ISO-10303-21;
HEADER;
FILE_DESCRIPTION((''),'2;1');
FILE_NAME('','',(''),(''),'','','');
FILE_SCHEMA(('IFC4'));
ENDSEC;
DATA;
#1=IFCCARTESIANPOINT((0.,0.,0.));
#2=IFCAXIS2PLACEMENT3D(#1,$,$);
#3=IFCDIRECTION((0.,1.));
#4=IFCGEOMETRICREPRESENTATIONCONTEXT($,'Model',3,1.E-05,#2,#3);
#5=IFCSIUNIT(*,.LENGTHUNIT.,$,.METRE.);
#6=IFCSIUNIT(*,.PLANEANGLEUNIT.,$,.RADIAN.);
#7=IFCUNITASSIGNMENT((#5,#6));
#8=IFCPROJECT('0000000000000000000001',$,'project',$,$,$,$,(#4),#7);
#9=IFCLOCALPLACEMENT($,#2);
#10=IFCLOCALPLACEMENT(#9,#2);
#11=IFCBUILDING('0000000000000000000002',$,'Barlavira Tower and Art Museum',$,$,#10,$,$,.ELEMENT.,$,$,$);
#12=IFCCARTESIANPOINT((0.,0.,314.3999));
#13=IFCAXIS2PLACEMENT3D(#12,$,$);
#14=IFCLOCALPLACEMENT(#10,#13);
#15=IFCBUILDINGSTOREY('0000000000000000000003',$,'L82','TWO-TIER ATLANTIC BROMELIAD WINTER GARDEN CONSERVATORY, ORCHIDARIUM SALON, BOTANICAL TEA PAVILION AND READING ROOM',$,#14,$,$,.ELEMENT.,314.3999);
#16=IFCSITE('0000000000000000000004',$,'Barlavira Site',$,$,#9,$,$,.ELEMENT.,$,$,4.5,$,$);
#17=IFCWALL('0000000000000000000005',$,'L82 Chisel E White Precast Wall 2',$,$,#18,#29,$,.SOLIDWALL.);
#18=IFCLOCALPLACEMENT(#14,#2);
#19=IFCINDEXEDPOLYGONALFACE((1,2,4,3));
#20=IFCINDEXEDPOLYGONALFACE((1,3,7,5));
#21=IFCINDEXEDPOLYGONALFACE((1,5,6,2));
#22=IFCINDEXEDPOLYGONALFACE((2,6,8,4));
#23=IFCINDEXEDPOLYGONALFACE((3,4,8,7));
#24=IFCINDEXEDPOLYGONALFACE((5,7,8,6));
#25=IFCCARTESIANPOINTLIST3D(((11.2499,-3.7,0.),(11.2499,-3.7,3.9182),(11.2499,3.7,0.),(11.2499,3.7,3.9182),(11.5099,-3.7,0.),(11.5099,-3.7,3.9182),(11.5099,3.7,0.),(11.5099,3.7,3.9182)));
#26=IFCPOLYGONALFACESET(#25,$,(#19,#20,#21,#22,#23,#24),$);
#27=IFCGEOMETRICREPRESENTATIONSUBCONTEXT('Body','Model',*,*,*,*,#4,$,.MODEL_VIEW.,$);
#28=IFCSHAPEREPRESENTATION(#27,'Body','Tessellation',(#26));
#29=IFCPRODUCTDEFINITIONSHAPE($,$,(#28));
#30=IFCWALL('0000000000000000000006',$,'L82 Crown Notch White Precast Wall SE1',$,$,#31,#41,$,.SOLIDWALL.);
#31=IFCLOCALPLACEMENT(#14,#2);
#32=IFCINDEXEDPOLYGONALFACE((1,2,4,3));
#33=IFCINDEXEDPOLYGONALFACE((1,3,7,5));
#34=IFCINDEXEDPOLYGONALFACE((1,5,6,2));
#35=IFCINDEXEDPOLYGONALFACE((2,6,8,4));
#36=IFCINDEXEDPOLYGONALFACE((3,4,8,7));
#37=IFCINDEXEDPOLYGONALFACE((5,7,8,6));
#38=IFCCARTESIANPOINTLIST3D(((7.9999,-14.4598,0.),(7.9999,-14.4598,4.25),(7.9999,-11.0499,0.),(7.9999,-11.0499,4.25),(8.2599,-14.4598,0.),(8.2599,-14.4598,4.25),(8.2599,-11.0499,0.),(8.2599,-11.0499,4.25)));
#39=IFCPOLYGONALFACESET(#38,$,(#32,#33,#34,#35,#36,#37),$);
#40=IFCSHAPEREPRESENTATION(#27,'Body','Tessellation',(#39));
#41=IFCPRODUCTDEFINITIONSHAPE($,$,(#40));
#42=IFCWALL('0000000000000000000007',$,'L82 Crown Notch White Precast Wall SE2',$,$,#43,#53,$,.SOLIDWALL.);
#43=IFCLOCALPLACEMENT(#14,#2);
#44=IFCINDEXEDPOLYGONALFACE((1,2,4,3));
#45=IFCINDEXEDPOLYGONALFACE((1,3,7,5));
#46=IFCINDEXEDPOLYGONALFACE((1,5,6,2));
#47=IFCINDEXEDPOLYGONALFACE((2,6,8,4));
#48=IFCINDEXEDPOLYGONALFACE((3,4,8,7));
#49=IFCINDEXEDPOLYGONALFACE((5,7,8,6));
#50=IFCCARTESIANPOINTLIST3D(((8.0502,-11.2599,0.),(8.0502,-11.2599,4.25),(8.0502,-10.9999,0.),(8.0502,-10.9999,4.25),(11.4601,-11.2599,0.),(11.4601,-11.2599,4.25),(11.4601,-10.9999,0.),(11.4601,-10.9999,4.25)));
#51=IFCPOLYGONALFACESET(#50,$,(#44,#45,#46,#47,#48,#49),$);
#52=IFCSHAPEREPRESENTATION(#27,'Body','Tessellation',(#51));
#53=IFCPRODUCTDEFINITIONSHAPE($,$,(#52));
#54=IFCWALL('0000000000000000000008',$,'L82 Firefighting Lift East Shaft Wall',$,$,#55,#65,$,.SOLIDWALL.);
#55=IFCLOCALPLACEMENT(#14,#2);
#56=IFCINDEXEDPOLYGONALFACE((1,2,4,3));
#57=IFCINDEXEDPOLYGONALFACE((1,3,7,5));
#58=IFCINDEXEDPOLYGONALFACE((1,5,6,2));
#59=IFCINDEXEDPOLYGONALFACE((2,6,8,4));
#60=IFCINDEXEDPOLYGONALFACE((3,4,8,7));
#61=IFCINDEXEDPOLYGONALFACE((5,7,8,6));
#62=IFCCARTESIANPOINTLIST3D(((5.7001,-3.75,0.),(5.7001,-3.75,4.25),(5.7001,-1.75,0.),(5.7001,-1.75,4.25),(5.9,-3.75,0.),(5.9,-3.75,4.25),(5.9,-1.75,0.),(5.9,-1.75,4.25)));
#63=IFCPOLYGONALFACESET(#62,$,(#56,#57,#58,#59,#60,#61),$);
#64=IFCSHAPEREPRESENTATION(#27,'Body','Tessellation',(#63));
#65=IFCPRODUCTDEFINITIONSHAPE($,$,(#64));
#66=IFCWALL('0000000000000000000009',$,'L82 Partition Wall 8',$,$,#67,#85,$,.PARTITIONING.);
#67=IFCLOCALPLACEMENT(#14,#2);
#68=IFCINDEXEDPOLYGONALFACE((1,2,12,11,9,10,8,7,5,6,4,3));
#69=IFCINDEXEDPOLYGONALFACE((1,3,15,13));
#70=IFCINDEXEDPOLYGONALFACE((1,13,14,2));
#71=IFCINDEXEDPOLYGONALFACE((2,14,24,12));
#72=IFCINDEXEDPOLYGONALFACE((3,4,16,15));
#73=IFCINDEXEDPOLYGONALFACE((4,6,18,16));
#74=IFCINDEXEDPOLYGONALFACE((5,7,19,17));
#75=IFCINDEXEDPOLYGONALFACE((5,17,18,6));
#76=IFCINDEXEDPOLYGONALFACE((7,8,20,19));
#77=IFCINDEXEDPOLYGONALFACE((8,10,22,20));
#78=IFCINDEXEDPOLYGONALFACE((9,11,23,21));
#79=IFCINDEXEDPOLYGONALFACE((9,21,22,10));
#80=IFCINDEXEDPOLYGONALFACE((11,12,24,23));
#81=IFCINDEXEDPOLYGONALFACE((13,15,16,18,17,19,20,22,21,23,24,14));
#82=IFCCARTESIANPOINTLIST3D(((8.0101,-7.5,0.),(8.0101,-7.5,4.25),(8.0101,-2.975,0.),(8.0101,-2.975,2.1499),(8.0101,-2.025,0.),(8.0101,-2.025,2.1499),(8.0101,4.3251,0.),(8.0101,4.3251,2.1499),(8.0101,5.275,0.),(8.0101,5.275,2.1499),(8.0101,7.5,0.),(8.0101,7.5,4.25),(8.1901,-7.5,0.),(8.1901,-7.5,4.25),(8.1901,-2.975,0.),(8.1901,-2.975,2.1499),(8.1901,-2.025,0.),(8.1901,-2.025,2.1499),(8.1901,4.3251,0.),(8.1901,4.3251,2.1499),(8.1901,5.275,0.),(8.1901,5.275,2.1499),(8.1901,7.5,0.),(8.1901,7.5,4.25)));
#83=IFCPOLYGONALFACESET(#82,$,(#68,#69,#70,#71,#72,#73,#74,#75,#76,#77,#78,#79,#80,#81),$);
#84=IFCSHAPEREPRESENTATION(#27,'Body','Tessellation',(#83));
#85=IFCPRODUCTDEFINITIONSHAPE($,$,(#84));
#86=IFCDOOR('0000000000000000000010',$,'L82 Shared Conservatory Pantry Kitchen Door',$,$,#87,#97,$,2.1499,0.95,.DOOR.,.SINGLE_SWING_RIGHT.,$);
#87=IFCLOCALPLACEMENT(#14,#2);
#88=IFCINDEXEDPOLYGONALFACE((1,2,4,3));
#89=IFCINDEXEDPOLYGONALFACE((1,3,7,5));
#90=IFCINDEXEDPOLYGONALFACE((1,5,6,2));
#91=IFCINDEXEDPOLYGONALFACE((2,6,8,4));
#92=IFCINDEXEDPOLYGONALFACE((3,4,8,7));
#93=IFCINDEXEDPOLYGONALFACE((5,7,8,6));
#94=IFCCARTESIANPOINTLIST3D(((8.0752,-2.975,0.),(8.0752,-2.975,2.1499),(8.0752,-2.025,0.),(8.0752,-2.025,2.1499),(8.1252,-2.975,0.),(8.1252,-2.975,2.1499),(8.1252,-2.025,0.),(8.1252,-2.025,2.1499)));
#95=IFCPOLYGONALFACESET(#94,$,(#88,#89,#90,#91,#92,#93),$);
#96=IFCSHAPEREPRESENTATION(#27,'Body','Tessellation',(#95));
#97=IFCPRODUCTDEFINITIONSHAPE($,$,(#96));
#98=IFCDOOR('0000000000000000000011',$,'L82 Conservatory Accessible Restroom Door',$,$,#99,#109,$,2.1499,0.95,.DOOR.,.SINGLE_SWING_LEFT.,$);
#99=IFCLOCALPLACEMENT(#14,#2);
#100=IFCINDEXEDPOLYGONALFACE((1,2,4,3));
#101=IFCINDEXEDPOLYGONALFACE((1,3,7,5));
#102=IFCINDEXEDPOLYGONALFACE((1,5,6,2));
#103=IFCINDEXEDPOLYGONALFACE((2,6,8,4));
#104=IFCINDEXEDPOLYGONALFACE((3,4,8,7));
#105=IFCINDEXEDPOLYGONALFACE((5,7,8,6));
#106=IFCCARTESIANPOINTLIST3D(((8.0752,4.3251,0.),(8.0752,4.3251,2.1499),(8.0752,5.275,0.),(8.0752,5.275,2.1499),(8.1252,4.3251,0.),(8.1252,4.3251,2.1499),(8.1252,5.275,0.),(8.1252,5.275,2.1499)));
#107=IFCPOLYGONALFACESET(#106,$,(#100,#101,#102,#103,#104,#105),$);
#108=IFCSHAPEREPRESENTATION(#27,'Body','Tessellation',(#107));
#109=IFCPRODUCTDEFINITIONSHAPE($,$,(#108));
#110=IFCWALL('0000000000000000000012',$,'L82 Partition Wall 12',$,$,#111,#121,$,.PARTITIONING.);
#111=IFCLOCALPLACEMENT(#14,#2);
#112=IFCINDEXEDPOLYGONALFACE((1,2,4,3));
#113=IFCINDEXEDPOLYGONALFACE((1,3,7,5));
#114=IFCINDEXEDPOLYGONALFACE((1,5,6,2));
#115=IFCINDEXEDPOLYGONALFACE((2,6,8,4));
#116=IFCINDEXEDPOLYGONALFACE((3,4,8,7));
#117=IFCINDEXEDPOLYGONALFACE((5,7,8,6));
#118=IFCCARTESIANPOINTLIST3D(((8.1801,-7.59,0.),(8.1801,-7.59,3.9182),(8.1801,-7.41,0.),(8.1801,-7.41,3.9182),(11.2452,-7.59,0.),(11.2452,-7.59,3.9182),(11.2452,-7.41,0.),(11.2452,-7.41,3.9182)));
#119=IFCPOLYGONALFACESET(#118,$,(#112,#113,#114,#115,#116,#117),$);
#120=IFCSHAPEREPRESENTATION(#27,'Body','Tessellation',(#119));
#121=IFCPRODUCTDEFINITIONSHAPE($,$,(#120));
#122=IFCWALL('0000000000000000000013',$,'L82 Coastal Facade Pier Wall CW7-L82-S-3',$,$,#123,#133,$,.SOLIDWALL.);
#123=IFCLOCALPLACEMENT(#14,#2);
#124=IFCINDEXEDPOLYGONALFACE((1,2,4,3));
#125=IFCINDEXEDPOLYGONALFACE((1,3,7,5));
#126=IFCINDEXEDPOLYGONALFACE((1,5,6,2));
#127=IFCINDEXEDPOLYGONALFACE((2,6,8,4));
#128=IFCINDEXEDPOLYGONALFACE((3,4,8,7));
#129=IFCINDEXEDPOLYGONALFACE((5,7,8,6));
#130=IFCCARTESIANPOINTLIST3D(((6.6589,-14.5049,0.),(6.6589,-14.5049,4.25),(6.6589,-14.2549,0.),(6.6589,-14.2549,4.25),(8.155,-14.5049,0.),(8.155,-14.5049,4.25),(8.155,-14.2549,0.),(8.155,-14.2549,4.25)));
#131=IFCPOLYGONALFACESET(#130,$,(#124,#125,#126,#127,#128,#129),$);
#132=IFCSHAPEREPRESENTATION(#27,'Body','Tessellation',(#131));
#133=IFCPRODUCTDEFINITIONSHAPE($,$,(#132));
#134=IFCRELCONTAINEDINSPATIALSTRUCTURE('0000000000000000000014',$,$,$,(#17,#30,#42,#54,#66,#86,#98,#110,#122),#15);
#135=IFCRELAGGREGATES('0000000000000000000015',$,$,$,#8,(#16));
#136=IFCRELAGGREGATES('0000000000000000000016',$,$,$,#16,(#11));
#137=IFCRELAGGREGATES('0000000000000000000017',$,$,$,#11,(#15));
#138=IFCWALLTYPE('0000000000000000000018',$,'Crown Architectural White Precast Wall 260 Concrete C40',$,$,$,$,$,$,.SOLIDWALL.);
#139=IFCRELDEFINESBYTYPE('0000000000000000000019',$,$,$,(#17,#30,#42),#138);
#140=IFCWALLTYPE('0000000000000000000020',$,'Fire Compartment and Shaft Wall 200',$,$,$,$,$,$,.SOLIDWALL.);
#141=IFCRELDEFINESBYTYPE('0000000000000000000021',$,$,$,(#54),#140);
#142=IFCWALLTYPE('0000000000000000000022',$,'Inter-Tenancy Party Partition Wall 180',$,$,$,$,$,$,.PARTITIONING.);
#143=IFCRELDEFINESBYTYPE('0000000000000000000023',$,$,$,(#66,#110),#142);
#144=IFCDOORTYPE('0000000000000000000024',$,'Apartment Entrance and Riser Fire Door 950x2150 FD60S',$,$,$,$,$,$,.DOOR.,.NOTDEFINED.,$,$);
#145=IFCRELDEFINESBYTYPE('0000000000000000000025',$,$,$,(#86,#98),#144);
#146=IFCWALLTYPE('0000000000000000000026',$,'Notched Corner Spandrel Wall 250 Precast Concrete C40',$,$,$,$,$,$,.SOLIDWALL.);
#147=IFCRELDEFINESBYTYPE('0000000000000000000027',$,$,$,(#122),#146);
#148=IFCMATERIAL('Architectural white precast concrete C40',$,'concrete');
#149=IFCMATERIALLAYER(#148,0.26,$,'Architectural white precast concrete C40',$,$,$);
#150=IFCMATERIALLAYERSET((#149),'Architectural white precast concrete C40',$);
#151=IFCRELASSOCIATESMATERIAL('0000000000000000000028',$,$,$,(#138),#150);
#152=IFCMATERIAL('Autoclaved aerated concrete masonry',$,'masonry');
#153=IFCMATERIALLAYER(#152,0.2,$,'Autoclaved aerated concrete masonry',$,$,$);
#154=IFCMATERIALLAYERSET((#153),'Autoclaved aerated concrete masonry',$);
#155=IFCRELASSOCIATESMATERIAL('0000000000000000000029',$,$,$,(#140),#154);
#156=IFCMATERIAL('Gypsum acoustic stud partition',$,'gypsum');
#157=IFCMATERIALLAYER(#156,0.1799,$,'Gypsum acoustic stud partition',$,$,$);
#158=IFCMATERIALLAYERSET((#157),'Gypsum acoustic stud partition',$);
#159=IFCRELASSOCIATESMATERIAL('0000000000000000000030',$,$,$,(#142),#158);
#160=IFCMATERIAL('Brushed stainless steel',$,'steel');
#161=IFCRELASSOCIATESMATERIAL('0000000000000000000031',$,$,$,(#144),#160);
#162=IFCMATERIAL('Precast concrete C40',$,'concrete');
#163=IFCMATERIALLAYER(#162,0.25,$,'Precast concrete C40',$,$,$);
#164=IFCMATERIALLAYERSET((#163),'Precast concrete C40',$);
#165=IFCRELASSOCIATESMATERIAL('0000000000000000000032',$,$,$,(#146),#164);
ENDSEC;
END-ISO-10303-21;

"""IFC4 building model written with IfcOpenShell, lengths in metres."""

from ifc_helpers import new_model, si_unit, direction, frame, frame_2d, origin, place, context, subcontext, project, spatial, rectangle, extrude, material, layer, layer_set, type_object, element, fill, save


model = new_model("IFC4")

# Units and contexts
model_context = context("Model", 3, precision=1e-05, world=origin(), true_north=direction((0.0, 1.0)))
body_context = subcontext(model_context, "Body", "Model", "MODEL_VIEW")
ifc_project = project(units=[si_unit("LENGTHUNIT", "METRE"), si_unit("PLANEANGLEUNIT", "RADIAN")], contexts=[model_context])

# Site, building, storey
site_placement = place(None, origin())
site = spatial("IfcSite", under=ifc_project, at=site_placement, Name="Barlavira Site", CompositionType="ELEMENT", RefElevation=4.5)
building_placement = place(site_placement, origin())
building = spatial("IfcBuilding", under=site, at=building_placement, Name="Barlavira Tower and Art Museum", CompositionType="ELEMENT")
storey_placement = place(building_placement, frame((0.0, 0.0, 314.3999)))
storey = spatial("IfcBuildingStorey", under=building, at=storey_placement, Name="L82", Description="TWO-TIER ATLANTIC BROMELIAD WINTER GARDEN CONSERVATORY, ORCHIDARIUM SALON, BOTANICAL TEA PAVILION AND READING ROOM", CompositionType="ELEMENT", Elevation=314.3999)

# Shared definitions
ifc_material_1 = material(Name="Brushed stainless steel", Category="steel")

# Walls
ifc_material_2 = material(Name="Architectural white precast concrete C40", Category="concrete")
ifc_layer_1 = layer(ifc_material_2, 0.26, Name="Architectural white precast concrete C40")
ifc_layer_set_1 = layer_set([ifc_layer_1], Name="Architectural white precast concrete C40")
wall_type_1 = type_object("IfcWallType", Name="Crown Architectural White Precast Wall 260 Concrete C40", PredefinedType="SOLIDWALL", material=ifc_layer_set_1)
wall_1_placement = place(storey_placement, frame((11.3799, -3.7, 0.0), z_axis=(0.0, 0.0, 1.0), x_axis=(0.0, 1.0, 0.0)))
element("IfcWall", 1, at=wall_1_placement, inside=storey, type_object=wall_type_1, Name="L82 Chisel E White Precast Wall 2", PredefinedType="SOLIDWALL", context=body_context, shape_type="SweptSolid", body=[
    extrude(rectangle(XDim=7.3999, YDim=0.26, at=frame_2d((3.7, 0.0))), origin(), (0.0, 0.0, 1.0), 3.9182),
])
for number, where, z_axis, x_axis, name in (
    (2, (8.1299, -14.46, 0.0), (0.0, 0.0, 1.0), (0.0, 1.0, 0.0), "L82 Crown Notch White Precast Wall SE1"),
    (3, (8.05, -11.1299, 0.0), (0.0, 0.0, 1.0), (1.0, 0.0, 0.0), "L82 Crown Notch White Precast Wall SE2"),
):
    element("IfcWall", number, at=place(storey_placement, frame(where, z_axis=z_axis, x_axis=x_axis)), inside=storey, type_object=wall_type_1, Name=name, PredefinedType="SOLIDWALL", context=body_context, shape_type="SweptSolid", body=[
        extrude(rectangle(XDim=3.4099, YDim=0.26, at=frame_2d((1.7051, 0.0))), origin(), (0.0, 0.0, 1.0), 4.25),
    ])
ifc_material_3 = material(Name="Autoclaved aerated concrete masonry", Category="masonry")
ifc_layer_2 = layer(ifc_material_3, 0.2, Name="Autoclaved aerated concrete masonry")
ifc_layer_set_2 = layer_set([ifc_layer_2], Name="Autoclaved aerated concrete masonry")
wall_type_2 = type_object("IfcWallType", Name="Fire Compartment and Shaft Wall 200", PredefinedType="SOLIDWALL", material=ifc_layer_set_2)
wall_2_placement = place(storey_placement, frame((5.8, -3.75, 0.0), z_axis=(0.0, 0.0, 1.0), x_axis=(0.0, 1.0, 0.0)))
element("IfcWall", 4, at=wall_2_placement, inside=storey, type_object=wall_type_2, Name="L82 Firefighting Lift East Shaft Wall", PredefinedType="SOLIDWALL", context=body_context, shape_type="SweptSolid", body=[
    extrude(rectangle(XDim=2.0, YDim=0.2, at=frame_2d((1.0, 0.0))), origin(), (0.0, 0.0, 1.0), 4.25),
])

# Wall, openings, doors
ifc_material_4 = material(Name="Gypsum acoustic stud partition", Category="gypsum")
ifc_layer_3 = layer(ifc_material_4, 0.1799, Name="Gypsum acoustic stud partition")
ifc_layer_set_3 = layer_set([ifc_layer_3], Name="Gypsum acoustic stud partition")
wall_type_3 = type_object("IfcWallType", Name="Inter-Tenancy Party Partition Wall 180", PredefinedType="PARTITIONING", material=ifc_layer_set_3)
wall_3_placement = place(storey_placement, frame((8.1001, -7.5, 0.0), z_axis=(0.0, 0.0, 1.0), x_axis=(0.0, 1.0, 0.0)))
wall_3 = element("IfcWall", 5, at=wall_3_placement, inside=storey, type_object=wall_type_3, Name="L82 Partition Wall 8", PredefinedType="PARTITIONING", context=body_context, shape_type="SweptSolid", body=[
    extrude(rectangle(XDim=15.0, YDim=0.1799, at=frame_2d((7.5, 0.0))), origin(), (0.0, 0.0, 1.0), 4.25),
])
opening_1_placement = place(wall_3_placement, frame((4.5249, 0.0, 0.0)))
opening_1 = element("IfcOpeningElement", 6, at=opening_1_placement, cuts=wall_3, PredefinedType="OPENING", context=body_context, shape_type="SweptSolid", body=[
    extrude(rectangle(XDim=0.95, YDim=2.1499, at=frame_2d((0.4751, 1.075))), frame((0.0, 0.1001, 0.0), z_axis=(0.0, -1.0, 0.0), x_axis=(1.0, 0.0, 0.0)), (0.0, 0.0, 1.0), 0.2),
])
opening_2_placement = place(wall_3_placement, frame((11.825, 0.0, 0.0)))
opening_2 = element("IfcOpeningElement", 7, at=opening_2_placement, cuts=wall_3, PredefinedType="OPENING", context=body_context, shape_type="SweptSolid", body=[
    extrude(rectangle(XDim=0.95, YDim=2.1499, at=frame_2d((0.4751, 1.075))), frame((0.0, 0.1001, 0.0), z_axis=(0.0, -1.0, 0.0), x_axis=(1.0, 0.0, 0.0)), (0.0, 0.0, 1.0), 0.2),
])
door_type_1 = type_object("IfcDoorType", Name="Apartment Entrance and Riser Fire Door 950x2150 FD60S", OperationType="NOTDEFINED", PredefinedType="DOOR", material=ifc_material_1)
door_1_placement = place(opening_1_placement, origin())
door_1 = element("IfcDoor", 8, at=door_1_placement, inside=storey, type_object=door_type_1, Name="L82 Shared Conservatory Pantry Kitchen Door", OperationType="SINGLE_SWING_RIGHT", OverallHeight=2.1499, OverallWidth=0.95, PredefinedType="DOOR", context=body_context, shape_type="SweptSolid", body=[
    extrude(rectangle(XDim=0.95, YDim=2.1499, at=frame_2d((0.4751, 1.075))), frame((0.0, 0.0249, 0.0), z_axis=(0.0, -1.0, 0.0), x_axis=(1.0, 0.0, 0.0)), (0.0, 0.0, 1.0), 0.05),
])
fill(opening_1, door_1)
door_2_placement = place(opening_2_placement, origin())
door_2 = element("IfcDoor", 9, at=door_2_placement, inside=storey, type_object=door_type_1, Name="L82 Conservatory Accessible Restroom Door", OperationType="SINGLE_SWING_LEFT", OverallHeight=2.1499, OverallWidth=0.95, PredefinedType="DOOR", context=body_context, shape_type="SweptSolid", body=[
    extrude(rectangle(XDim=0.95, YDim=2.1499, at=frame_2d((0.4751, 1.075))), frame((0.0, 0.0249, 0.0), z_axis=(0.0, -1.0, 0.0), x_axis=(1.0, 0.0, 0.0)), (0.0, 0.0, 1.0), 0.05),
])
fill(opening_2, door_2)

# Walls
wall_4_placement = place(storey_placement, frame((8.1799, -7.5, 0.0), z_axis=(0.0, 0.0, 1.0), x_axis=(1.0, 0.0, 0.0)))
element("IfcWall", 10, at=wall_4_placement, inside=storey, type_object=wall_type_3, Name="L82 Partition Wall 12", PredefinedType="PARTITIONING", context=body_context, shape_type="SweptSolid", body=[
    extrude(rectangle(XDim=3.0652, YDim=0.1799, at=frame_2d((1.5327, 0.0))), origin(), (0.0, 0.0, 1.0), 3.9182),
])
ifc_material_5 = material(Name="Precast concrete C40", Category="concrete")
ifc_layer_4 = layer(ifc_material_5, 0.25, Name="Precast concrete C40")
ifc_layer_set_4 = layer_set([ifc_layer_4], Name="Precast concrete C40")
wall_type_4 = type_object("IfcWallType", Name="Notched Corner Spandrel Wall 250 Precast Concrete C40", PredefinedType="SOLIDWALL", material=ifc_layer_set_4)
wall_5_placement = place(storey_placement, frame((6.6589, -14.3799, 0.0), z_axis=(0.0, 0.0, 1.0), x_axis=(1.0, 0.0, 0.0)))
element("IfcWall", 11, at=wall_5_placement, inside=storey, type_object=wall_type_4, Name="L82 Coastal Facade Pier Wall CW7-L82-S-3", PredefinedType="SOLIDWALL", context=body_context, shape_type="SweptSolid", body=[
    extrude(rectangle(XDim=1.4961, YDim=0.25, at=frame_2d((0.748, 0.0))), origin(), (0.0, 0.0, 1.0), 4.25),
])

save(model, "model.ifc")
